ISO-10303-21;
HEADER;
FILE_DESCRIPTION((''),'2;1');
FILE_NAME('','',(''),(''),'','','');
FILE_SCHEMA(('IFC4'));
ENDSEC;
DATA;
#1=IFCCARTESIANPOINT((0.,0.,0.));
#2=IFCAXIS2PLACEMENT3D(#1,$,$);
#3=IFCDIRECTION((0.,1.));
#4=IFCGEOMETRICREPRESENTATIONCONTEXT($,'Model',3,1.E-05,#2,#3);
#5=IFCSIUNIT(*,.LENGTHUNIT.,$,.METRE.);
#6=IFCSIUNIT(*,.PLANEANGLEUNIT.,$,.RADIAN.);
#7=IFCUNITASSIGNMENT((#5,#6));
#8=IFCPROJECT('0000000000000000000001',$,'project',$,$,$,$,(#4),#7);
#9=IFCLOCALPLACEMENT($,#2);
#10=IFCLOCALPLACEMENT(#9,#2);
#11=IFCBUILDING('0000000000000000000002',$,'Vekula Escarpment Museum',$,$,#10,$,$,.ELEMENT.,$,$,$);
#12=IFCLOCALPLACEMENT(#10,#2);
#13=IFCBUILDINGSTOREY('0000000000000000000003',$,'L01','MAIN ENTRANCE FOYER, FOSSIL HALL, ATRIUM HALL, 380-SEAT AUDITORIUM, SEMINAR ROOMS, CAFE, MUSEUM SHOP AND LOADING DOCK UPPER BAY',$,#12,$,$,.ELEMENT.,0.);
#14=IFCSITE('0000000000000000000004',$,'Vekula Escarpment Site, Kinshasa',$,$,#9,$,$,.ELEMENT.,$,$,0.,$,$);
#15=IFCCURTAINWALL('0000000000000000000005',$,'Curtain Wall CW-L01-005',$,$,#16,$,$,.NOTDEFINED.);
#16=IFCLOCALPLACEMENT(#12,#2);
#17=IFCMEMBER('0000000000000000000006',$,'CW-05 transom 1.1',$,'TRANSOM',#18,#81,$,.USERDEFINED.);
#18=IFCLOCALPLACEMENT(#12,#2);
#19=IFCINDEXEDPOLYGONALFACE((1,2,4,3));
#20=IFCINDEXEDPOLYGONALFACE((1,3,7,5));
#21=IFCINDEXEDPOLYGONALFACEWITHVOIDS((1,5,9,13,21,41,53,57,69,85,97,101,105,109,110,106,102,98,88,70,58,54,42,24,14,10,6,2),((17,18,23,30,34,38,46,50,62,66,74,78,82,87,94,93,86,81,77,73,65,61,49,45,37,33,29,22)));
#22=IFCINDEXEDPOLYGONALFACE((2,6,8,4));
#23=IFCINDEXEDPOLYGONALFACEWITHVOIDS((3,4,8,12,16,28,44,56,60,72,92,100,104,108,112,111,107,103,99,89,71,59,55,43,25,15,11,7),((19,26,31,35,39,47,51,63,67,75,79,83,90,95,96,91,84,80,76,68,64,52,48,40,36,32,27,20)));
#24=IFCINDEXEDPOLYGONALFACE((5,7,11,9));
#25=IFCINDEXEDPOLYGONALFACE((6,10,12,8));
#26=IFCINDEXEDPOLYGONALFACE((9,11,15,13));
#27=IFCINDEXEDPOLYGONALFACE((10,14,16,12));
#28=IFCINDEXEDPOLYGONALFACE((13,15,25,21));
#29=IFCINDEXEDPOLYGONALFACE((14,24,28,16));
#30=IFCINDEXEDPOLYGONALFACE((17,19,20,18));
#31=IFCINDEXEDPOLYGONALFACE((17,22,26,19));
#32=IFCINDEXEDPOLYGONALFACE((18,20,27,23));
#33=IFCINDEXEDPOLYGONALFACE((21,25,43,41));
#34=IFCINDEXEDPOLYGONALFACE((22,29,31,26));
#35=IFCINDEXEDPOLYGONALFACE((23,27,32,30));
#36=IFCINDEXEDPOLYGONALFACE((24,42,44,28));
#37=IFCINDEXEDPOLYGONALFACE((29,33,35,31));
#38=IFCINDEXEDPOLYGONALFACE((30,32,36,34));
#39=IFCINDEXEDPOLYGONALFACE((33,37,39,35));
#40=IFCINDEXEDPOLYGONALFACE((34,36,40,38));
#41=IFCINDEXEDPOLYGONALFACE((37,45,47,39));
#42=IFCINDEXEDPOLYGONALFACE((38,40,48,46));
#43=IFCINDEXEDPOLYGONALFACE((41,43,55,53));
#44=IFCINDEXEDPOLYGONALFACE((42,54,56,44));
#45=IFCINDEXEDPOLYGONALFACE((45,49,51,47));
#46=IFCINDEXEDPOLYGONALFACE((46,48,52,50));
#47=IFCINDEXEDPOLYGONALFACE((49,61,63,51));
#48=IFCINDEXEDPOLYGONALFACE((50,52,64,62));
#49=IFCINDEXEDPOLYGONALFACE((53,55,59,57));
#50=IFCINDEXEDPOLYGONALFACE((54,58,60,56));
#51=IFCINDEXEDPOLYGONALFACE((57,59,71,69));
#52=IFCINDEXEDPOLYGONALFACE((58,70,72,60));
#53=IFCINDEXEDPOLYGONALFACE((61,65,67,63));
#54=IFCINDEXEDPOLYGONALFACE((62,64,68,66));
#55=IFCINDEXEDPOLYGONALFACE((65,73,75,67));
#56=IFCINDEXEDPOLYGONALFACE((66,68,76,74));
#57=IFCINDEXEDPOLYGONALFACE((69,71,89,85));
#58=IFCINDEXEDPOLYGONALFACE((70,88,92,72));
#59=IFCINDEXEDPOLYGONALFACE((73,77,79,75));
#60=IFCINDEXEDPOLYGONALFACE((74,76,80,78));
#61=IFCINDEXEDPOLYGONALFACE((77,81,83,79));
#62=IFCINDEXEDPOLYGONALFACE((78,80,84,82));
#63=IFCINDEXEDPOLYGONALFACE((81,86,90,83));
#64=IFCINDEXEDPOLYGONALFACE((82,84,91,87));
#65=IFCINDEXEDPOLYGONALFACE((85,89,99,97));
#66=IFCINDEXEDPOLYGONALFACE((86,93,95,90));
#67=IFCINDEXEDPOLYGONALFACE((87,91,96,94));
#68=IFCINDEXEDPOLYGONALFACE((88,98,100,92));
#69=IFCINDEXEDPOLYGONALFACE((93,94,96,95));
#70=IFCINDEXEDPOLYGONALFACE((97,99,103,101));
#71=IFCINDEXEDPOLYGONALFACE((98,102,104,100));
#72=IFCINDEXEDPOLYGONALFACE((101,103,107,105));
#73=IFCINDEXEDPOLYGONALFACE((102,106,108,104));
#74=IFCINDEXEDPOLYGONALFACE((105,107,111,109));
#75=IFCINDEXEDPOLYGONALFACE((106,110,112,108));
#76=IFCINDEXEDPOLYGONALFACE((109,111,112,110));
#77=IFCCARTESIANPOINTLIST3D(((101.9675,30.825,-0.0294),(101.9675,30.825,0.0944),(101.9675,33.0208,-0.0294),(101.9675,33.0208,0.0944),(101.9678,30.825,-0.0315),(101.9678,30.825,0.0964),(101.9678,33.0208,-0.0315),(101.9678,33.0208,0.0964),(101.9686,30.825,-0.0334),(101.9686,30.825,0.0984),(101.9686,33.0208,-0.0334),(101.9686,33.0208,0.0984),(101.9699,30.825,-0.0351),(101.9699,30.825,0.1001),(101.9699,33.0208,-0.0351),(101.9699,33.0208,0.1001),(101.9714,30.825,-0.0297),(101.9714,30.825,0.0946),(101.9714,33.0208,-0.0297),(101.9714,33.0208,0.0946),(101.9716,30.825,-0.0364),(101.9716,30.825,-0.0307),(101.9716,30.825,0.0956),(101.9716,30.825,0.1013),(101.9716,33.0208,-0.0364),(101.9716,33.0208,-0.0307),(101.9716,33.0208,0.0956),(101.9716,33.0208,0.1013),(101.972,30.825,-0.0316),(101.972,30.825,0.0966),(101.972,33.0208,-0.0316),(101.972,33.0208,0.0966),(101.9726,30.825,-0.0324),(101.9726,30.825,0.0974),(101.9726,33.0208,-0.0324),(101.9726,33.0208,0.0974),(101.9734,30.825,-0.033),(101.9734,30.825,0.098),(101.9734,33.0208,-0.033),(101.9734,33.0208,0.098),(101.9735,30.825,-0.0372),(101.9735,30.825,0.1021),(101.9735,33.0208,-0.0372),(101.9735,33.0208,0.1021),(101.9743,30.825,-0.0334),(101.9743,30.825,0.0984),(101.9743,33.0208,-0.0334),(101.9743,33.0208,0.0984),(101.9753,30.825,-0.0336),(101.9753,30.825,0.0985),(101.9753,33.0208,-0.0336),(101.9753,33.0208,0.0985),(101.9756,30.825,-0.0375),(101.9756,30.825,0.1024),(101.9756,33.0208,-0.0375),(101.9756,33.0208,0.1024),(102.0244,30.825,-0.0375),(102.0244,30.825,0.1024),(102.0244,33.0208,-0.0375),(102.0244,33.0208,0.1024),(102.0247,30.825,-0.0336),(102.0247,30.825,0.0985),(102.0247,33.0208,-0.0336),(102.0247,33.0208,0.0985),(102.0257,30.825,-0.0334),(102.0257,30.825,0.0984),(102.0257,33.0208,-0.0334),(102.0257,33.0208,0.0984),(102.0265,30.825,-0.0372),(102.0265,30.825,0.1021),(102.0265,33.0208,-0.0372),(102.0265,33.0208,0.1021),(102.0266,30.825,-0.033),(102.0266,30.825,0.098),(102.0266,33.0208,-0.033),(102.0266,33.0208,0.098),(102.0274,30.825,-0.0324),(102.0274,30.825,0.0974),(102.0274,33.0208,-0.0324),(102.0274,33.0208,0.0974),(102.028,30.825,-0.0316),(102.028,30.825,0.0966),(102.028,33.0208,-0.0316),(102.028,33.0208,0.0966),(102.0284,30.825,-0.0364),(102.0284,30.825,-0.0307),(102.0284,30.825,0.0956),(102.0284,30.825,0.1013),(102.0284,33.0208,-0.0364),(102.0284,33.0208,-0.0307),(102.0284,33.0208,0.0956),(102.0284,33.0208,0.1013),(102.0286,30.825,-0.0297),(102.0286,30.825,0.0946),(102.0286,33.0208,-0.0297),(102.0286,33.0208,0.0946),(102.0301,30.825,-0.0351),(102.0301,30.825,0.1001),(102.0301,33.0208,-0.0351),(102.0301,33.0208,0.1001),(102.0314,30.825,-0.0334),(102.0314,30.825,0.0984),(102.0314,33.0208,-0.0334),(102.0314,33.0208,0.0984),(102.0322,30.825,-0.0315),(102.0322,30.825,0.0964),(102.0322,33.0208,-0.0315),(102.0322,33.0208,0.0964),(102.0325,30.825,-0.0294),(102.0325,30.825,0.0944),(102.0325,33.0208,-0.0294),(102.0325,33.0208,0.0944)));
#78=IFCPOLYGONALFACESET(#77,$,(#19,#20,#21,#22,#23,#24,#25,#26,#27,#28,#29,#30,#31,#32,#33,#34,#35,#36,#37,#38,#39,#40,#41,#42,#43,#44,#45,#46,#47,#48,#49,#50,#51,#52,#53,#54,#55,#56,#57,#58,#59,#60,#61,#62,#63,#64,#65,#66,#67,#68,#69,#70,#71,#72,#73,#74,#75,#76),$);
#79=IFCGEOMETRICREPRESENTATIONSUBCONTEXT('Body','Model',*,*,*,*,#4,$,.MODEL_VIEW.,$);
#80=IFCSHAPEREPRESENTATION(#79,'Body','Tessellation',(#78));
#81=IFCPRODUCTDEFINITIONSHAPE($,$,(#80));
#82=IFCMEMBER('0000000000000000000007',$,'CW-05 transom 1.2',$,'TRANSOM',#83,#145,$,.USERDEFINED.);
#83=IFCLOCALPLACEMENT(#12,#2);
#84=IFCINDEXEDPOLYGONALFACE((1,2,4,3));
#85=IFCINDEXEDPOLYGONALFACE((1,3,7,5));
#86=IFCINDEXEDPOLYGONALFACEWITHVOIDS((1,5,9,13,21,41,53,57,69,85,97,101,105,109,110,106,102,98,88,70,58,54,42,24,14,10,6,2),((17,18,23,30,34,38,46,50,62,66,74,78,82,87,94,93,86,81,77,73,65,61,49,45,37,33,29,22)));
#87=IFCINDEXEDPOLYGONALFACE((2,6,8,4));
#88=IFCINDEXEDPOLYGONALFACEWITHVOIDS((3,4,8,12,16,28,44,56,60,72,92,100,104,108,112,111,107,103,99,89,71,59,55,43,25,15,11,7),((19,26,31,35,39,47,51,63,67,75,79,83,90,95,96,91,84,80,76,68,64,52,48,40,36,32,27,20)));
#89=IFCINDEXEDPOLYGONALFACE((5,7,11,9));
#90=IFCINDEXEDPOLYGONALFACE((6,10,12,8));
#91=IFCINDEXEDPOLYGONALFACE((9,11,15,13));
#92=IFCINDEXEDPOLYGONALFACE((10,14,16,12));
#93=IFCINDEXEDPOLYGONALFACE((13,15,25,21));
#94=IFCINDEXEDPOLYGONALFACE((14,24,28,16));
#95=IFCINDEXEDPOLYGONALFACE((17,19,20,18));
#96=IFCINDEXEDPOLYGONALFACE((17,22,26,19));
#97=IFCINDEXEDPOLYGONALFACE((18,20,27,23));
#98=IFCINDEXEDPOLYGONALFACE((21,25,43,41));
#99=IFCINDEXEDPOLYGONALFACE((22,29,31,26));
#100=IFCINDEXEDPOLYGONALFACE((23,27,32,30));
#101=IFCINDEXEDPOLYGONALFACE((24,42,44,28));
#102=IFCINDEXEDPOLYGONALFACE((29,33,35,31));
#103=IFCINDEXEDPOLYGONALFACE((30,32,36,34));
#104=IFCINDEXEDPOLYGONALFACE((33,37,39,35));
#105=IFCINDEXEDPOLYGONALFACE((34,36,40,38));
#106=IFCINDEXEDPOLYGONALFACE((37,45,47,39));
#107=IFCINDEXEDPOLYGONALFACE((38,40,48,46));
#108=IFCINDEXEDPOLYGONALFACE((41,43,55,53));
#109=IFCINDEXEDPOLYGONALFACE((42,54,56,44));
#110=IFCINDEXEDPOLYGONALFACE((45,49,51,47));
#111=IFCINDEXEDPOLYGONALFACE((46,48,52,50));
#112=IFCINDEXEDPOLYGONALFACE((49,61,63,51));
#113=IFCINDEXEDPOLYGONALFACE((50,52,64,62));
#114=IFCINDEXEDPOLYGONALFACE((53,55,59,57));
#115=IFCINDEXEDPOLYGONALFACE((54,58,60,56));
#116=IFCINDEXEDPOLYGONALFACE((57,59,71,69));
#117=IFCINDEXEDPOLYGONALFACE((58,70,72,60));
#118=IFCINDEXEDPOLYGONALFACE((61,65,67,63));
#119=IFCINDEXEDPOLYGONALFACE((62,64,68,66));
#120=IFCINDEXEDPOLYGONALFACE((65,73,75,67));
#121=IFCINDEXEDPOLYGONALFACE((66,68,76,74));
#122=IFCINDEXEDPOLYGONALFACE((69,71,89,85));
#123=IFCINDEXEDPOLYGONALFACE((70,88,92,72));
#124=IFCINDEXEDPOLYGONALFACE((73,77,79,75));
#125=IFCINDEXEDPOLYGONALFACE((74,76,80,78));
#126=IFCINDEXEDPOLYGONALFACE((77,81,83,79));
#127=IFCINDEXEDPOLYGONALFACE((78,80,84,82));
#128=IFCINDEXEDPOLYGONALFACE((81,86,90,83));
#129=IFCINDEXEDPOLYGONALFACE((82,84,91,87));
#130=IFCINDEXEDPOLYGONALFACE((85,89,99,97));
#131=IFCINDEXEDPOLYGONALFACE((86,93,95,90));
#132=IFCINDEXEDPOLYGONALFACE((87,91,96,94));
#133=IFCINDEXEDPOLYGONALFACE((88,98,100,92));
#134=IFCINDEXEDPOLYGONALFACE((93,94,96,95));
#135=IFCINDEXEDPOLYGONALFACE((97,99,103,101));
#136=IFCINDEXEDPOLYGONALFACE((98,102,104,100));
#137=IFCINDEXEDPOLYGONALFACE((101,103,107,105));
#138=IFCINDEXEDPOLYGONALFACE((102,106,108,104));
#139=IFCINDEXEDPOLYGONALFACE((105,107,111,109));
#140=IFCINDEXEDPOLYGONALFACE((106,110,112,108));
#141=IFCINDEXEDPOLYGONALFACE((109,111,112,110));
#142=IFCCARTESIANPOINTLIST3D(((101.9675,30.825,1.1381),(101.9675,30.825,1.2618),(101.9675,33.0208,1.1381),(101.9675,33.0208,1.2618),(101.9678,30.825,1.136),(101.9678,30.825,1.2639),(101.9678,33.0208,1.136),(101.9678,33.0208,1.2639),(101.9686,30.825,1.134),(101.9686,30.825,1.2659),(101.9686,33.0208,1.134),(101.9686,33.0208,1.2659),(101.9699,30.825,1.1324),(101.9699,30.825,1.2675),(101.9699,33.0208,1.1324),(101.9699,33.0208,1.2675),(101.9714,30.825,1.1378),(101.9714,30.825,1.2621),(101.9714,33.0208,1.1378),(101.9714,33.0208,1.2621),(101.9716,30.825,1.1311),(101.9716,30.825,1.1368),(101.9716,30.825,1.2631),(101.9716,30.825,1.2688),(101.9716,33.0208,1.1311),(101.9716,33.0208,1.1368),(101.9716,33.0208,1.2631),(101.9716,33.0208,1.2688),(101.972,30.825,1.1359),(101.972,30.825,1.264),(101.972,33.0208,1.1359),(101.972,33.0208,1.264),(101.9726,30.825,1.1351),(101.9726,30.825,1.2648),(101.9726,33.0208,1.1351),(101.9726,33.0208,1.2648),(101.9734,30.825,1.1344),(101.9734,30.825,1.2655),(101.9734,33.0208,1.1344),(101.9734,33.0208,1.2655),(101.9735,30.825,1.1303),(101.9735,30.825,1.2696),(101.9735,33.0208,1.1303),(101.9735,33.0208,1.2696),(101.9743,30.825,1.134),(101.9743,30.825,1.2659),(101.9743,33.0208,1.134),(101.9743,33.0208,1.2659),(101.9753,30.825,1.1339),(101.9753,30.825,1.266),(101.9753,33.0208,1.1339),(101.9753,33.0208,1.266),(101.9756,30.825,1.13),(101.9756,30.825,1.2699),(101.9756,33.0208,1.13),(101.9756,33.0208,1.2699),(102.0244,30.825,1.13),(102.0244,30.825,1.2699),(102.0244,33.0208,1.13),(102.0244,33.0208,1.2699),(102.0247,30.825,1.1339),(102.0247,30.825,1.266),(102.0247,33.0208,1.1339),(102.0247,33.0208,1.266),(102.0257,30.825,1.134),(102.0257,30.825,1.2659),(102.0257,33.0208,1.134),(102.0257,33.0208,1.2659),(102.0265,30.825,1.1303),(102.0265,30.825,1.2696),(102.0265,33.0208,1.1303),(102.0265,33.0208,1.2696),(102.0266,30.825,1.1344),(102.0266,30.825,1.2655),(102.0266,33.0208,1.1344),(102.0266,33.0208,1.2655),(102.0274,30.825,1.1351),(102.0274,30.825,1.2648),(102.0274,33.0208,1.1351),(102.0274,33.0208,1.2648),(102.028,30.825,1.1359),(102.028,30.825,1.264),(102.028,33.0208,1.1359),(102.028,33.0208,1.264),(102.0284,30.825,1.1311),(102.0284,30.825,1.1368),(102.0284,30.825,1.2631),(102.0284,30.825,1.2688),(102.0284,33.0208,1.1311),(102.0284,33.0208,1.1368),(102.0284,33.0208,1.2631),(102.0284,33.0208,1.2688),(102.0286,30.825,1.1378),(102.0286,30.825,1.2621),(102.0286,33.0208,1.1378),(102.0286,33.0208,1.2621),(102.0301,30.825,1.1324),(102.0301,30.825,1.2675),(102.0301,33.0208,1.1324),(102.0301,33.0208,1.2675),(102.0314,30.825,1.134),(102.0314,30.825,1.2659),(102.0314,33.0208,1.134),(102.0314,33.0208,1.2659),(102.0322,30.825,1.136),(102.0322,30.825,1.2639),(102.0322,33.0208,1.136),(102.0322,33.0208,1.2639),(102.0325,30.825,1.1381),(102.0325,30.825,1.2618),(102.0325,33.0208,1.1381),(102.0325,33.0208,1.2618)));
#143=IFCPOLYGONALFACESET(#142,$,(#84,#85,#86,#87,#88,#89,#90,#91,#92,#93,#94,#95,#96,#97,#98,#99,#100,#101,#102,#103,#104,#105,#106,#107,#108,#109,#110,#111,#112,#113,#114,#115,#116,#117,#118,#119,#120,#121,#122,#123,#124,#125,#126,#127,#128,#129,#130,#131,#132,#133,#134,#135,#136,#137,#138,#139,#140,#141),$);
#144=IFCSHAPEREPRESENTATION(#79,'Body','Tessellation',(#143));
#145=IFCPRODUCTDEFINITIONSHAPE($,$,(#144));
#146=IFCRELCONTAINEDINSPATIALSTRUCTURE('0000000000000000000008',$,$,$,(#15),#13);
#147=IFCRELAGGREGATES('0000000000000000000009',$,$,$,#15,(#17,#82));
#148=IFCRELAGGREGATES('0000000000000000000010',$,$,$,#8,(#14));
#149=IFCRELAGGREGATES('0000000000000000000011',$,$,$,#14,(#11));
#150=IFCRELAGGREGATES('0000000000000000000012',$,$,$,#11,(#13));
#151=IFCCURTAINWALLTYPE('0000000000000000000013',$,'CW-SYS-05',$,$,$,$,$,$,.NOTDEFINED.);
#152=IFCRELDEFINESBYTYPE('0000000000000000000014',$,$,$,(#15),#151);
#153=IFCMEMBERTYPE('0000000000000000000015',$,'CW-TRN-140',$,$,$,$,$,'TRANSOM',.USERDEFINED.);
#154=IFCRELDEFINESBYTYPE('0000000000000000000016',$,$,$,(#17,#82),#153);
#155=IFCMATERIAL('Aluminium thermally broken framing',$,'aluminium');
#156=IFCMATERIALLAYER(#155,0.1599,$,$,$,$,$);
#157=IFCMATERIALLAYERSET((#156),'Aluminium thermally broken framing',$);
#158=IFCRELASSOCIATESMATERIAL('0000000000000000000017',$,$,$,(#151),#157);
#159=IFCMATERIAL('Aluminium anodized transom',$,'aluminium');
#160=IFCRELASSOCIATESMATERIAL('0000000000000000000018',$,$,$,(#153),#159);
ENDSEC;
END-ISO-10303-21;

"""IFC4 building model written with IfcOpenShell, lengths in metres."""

from ifc_helpers import new_model, si_unit, direction, frame, origin, origin_2d, place, context, subcontext, project, spatial, hollow_rectangle, extrude, material, layer, layer_set, material_profile, profile_set, type_object, element, aggregate, save


model = new_model("IFC4")

# Units and contexts
model_context = context("Model", 3, precision=1e-05, world=origin(), true_north=direction((0.0, 1.0)))
body_context = subcontext(model_context, "Body", "Model", "MODEL_VIEW")
ifc_project = project(units=[si_unit("LENGTHUNIT", "METRE"), si_unit("PLANEANGLEUNIT", "RADIAN")], contexts=[model_context])

# Site, building, storey
site_placement = place(None, origin())
site = spatial("IfcSite", under=ifc_project, at=site_placement, Name="Vekula Escarpment Site, Kinshasa", CompositionType="ELEMENT", RefElevation=0.0)
building_placement = place(site_placement, origin())
building = spatial("IfcBuilding", under=site, at=building_placement, Name="Vekula Escarpment Museum", CompositionType="ELEMENT")
storey_placement = place(building_placement, origin())
storey = spatial("IfcBuildingStorey", under=building, at=storey_placement, Name="L01", Description="MAIN ENTRANCE FOYER, FOSSIL HALL, ATRIUM HALL, 380-SEAT AUDITORIUM, SEMINAR ROOMS, CAFE, MUSEUM SHOP AND LOADING DOCK UPPER BAY", CompositionType="ELEMENT", Elevation=0.0)

# Curtain wall
ifc_material_1 = material(Name="Aluminium thermally broken framing", Category="aluminium")
ifc_layer_1 = layer(ifc_material_1, 0.1599)
ifc_layer_set_1 = layer_set([ifc_layer_1], Name="Aluminium thermally broken framing")
curtain_wall_type_1 = type_object("IfcCurtainWallType", Name="CW-SYS-05", PredefinedType="NOTDEFINED", material=ifc_layer_set_1)
curtain_wall_1_placement = place(storey_placement, origin())
curtain_wall_1 = element("IfcCurtainWall", 1, at=curtain_wall_1_placement, inside=storey, type_object=curtain_wall_type_1, Name="Curtain Wall CW-L01-005", PredefinedType="NOTDEFINED")

# Members
ifc_material_2 = material(Name="Aluminium anodized transom", Category="aluminium")
ifc_material_profile_1 = material_profile(ifc_material_2, hollow_rectangle(XDim=0.0649, YDim=0.1399, WallThickness=0.0039, InnerFilletRadius=0.0039, OuterFilletRadius=0.0081, at=origin_2d()), Name="ALU 140x65x4")
ifc_profile_set_1 = profile_set([ifc_material_profile_1], Name="Aluminium anodized transom")
member_type_1 = type_object("IfcMemberType", Name="CW-TRN-140", ElementType="TRANSOM", PredefinedType="USERDEFINED", material=ifc_profile_set_1)
member_1_placement = place(storey_placement, frame((102.0, 30.825, 0.0325), z_axis=(0.0, 1.0, 0.0), x_axis=(-1.0, 0.0, 0.0)))
member_1 = element("IfcMember", 2, at=member_1_placement, type_object=member_type_1, Name="CW-05 transom 1.1", ObjectType="TRANSOM", PredefinedType="USERDEFINED", context=body_context, shape_type="SweptSolid", body=[
    extrude(hollow_rectangle(XDim=0.0649, YDim=0.1399, WallThickness=0.0039, InnerFilletRadius=0.0039, OuterFilletRadius=0.0081, at=origin_2d()), origin(), (0.0, 0.0, 1.0), 2.1958),
])
member_2_placement = place(storey_placement, frame((102.0, 30.825, 1.2), z_axis=(0.0, 1.0, 0.0), x_axis=(-1.0, 0.0, 0.0)))
member_2 = element("IfcMember", 3, at=member_2_placement, type_object=member_type_1, Name="CW-05 transom 1.2", ObjectType="TRANSOM", PredefinedType="USERDEFINED", context=body_context, shape_type="SweptSolid", body=[
    extrude(hollow_rectangle(XDim=0.0649, YDim=0.1399, WallThickness=0.0039, InnerFilletRadius=0.0039, OuterFilletRadius=0.0081, at=origin_2d()), origin(), (0.0, 0.0, 1.0), 2.1958),
])

aggregate(curtain_wall_1, [member_1, member_2])

save(model, "model.ifc")
